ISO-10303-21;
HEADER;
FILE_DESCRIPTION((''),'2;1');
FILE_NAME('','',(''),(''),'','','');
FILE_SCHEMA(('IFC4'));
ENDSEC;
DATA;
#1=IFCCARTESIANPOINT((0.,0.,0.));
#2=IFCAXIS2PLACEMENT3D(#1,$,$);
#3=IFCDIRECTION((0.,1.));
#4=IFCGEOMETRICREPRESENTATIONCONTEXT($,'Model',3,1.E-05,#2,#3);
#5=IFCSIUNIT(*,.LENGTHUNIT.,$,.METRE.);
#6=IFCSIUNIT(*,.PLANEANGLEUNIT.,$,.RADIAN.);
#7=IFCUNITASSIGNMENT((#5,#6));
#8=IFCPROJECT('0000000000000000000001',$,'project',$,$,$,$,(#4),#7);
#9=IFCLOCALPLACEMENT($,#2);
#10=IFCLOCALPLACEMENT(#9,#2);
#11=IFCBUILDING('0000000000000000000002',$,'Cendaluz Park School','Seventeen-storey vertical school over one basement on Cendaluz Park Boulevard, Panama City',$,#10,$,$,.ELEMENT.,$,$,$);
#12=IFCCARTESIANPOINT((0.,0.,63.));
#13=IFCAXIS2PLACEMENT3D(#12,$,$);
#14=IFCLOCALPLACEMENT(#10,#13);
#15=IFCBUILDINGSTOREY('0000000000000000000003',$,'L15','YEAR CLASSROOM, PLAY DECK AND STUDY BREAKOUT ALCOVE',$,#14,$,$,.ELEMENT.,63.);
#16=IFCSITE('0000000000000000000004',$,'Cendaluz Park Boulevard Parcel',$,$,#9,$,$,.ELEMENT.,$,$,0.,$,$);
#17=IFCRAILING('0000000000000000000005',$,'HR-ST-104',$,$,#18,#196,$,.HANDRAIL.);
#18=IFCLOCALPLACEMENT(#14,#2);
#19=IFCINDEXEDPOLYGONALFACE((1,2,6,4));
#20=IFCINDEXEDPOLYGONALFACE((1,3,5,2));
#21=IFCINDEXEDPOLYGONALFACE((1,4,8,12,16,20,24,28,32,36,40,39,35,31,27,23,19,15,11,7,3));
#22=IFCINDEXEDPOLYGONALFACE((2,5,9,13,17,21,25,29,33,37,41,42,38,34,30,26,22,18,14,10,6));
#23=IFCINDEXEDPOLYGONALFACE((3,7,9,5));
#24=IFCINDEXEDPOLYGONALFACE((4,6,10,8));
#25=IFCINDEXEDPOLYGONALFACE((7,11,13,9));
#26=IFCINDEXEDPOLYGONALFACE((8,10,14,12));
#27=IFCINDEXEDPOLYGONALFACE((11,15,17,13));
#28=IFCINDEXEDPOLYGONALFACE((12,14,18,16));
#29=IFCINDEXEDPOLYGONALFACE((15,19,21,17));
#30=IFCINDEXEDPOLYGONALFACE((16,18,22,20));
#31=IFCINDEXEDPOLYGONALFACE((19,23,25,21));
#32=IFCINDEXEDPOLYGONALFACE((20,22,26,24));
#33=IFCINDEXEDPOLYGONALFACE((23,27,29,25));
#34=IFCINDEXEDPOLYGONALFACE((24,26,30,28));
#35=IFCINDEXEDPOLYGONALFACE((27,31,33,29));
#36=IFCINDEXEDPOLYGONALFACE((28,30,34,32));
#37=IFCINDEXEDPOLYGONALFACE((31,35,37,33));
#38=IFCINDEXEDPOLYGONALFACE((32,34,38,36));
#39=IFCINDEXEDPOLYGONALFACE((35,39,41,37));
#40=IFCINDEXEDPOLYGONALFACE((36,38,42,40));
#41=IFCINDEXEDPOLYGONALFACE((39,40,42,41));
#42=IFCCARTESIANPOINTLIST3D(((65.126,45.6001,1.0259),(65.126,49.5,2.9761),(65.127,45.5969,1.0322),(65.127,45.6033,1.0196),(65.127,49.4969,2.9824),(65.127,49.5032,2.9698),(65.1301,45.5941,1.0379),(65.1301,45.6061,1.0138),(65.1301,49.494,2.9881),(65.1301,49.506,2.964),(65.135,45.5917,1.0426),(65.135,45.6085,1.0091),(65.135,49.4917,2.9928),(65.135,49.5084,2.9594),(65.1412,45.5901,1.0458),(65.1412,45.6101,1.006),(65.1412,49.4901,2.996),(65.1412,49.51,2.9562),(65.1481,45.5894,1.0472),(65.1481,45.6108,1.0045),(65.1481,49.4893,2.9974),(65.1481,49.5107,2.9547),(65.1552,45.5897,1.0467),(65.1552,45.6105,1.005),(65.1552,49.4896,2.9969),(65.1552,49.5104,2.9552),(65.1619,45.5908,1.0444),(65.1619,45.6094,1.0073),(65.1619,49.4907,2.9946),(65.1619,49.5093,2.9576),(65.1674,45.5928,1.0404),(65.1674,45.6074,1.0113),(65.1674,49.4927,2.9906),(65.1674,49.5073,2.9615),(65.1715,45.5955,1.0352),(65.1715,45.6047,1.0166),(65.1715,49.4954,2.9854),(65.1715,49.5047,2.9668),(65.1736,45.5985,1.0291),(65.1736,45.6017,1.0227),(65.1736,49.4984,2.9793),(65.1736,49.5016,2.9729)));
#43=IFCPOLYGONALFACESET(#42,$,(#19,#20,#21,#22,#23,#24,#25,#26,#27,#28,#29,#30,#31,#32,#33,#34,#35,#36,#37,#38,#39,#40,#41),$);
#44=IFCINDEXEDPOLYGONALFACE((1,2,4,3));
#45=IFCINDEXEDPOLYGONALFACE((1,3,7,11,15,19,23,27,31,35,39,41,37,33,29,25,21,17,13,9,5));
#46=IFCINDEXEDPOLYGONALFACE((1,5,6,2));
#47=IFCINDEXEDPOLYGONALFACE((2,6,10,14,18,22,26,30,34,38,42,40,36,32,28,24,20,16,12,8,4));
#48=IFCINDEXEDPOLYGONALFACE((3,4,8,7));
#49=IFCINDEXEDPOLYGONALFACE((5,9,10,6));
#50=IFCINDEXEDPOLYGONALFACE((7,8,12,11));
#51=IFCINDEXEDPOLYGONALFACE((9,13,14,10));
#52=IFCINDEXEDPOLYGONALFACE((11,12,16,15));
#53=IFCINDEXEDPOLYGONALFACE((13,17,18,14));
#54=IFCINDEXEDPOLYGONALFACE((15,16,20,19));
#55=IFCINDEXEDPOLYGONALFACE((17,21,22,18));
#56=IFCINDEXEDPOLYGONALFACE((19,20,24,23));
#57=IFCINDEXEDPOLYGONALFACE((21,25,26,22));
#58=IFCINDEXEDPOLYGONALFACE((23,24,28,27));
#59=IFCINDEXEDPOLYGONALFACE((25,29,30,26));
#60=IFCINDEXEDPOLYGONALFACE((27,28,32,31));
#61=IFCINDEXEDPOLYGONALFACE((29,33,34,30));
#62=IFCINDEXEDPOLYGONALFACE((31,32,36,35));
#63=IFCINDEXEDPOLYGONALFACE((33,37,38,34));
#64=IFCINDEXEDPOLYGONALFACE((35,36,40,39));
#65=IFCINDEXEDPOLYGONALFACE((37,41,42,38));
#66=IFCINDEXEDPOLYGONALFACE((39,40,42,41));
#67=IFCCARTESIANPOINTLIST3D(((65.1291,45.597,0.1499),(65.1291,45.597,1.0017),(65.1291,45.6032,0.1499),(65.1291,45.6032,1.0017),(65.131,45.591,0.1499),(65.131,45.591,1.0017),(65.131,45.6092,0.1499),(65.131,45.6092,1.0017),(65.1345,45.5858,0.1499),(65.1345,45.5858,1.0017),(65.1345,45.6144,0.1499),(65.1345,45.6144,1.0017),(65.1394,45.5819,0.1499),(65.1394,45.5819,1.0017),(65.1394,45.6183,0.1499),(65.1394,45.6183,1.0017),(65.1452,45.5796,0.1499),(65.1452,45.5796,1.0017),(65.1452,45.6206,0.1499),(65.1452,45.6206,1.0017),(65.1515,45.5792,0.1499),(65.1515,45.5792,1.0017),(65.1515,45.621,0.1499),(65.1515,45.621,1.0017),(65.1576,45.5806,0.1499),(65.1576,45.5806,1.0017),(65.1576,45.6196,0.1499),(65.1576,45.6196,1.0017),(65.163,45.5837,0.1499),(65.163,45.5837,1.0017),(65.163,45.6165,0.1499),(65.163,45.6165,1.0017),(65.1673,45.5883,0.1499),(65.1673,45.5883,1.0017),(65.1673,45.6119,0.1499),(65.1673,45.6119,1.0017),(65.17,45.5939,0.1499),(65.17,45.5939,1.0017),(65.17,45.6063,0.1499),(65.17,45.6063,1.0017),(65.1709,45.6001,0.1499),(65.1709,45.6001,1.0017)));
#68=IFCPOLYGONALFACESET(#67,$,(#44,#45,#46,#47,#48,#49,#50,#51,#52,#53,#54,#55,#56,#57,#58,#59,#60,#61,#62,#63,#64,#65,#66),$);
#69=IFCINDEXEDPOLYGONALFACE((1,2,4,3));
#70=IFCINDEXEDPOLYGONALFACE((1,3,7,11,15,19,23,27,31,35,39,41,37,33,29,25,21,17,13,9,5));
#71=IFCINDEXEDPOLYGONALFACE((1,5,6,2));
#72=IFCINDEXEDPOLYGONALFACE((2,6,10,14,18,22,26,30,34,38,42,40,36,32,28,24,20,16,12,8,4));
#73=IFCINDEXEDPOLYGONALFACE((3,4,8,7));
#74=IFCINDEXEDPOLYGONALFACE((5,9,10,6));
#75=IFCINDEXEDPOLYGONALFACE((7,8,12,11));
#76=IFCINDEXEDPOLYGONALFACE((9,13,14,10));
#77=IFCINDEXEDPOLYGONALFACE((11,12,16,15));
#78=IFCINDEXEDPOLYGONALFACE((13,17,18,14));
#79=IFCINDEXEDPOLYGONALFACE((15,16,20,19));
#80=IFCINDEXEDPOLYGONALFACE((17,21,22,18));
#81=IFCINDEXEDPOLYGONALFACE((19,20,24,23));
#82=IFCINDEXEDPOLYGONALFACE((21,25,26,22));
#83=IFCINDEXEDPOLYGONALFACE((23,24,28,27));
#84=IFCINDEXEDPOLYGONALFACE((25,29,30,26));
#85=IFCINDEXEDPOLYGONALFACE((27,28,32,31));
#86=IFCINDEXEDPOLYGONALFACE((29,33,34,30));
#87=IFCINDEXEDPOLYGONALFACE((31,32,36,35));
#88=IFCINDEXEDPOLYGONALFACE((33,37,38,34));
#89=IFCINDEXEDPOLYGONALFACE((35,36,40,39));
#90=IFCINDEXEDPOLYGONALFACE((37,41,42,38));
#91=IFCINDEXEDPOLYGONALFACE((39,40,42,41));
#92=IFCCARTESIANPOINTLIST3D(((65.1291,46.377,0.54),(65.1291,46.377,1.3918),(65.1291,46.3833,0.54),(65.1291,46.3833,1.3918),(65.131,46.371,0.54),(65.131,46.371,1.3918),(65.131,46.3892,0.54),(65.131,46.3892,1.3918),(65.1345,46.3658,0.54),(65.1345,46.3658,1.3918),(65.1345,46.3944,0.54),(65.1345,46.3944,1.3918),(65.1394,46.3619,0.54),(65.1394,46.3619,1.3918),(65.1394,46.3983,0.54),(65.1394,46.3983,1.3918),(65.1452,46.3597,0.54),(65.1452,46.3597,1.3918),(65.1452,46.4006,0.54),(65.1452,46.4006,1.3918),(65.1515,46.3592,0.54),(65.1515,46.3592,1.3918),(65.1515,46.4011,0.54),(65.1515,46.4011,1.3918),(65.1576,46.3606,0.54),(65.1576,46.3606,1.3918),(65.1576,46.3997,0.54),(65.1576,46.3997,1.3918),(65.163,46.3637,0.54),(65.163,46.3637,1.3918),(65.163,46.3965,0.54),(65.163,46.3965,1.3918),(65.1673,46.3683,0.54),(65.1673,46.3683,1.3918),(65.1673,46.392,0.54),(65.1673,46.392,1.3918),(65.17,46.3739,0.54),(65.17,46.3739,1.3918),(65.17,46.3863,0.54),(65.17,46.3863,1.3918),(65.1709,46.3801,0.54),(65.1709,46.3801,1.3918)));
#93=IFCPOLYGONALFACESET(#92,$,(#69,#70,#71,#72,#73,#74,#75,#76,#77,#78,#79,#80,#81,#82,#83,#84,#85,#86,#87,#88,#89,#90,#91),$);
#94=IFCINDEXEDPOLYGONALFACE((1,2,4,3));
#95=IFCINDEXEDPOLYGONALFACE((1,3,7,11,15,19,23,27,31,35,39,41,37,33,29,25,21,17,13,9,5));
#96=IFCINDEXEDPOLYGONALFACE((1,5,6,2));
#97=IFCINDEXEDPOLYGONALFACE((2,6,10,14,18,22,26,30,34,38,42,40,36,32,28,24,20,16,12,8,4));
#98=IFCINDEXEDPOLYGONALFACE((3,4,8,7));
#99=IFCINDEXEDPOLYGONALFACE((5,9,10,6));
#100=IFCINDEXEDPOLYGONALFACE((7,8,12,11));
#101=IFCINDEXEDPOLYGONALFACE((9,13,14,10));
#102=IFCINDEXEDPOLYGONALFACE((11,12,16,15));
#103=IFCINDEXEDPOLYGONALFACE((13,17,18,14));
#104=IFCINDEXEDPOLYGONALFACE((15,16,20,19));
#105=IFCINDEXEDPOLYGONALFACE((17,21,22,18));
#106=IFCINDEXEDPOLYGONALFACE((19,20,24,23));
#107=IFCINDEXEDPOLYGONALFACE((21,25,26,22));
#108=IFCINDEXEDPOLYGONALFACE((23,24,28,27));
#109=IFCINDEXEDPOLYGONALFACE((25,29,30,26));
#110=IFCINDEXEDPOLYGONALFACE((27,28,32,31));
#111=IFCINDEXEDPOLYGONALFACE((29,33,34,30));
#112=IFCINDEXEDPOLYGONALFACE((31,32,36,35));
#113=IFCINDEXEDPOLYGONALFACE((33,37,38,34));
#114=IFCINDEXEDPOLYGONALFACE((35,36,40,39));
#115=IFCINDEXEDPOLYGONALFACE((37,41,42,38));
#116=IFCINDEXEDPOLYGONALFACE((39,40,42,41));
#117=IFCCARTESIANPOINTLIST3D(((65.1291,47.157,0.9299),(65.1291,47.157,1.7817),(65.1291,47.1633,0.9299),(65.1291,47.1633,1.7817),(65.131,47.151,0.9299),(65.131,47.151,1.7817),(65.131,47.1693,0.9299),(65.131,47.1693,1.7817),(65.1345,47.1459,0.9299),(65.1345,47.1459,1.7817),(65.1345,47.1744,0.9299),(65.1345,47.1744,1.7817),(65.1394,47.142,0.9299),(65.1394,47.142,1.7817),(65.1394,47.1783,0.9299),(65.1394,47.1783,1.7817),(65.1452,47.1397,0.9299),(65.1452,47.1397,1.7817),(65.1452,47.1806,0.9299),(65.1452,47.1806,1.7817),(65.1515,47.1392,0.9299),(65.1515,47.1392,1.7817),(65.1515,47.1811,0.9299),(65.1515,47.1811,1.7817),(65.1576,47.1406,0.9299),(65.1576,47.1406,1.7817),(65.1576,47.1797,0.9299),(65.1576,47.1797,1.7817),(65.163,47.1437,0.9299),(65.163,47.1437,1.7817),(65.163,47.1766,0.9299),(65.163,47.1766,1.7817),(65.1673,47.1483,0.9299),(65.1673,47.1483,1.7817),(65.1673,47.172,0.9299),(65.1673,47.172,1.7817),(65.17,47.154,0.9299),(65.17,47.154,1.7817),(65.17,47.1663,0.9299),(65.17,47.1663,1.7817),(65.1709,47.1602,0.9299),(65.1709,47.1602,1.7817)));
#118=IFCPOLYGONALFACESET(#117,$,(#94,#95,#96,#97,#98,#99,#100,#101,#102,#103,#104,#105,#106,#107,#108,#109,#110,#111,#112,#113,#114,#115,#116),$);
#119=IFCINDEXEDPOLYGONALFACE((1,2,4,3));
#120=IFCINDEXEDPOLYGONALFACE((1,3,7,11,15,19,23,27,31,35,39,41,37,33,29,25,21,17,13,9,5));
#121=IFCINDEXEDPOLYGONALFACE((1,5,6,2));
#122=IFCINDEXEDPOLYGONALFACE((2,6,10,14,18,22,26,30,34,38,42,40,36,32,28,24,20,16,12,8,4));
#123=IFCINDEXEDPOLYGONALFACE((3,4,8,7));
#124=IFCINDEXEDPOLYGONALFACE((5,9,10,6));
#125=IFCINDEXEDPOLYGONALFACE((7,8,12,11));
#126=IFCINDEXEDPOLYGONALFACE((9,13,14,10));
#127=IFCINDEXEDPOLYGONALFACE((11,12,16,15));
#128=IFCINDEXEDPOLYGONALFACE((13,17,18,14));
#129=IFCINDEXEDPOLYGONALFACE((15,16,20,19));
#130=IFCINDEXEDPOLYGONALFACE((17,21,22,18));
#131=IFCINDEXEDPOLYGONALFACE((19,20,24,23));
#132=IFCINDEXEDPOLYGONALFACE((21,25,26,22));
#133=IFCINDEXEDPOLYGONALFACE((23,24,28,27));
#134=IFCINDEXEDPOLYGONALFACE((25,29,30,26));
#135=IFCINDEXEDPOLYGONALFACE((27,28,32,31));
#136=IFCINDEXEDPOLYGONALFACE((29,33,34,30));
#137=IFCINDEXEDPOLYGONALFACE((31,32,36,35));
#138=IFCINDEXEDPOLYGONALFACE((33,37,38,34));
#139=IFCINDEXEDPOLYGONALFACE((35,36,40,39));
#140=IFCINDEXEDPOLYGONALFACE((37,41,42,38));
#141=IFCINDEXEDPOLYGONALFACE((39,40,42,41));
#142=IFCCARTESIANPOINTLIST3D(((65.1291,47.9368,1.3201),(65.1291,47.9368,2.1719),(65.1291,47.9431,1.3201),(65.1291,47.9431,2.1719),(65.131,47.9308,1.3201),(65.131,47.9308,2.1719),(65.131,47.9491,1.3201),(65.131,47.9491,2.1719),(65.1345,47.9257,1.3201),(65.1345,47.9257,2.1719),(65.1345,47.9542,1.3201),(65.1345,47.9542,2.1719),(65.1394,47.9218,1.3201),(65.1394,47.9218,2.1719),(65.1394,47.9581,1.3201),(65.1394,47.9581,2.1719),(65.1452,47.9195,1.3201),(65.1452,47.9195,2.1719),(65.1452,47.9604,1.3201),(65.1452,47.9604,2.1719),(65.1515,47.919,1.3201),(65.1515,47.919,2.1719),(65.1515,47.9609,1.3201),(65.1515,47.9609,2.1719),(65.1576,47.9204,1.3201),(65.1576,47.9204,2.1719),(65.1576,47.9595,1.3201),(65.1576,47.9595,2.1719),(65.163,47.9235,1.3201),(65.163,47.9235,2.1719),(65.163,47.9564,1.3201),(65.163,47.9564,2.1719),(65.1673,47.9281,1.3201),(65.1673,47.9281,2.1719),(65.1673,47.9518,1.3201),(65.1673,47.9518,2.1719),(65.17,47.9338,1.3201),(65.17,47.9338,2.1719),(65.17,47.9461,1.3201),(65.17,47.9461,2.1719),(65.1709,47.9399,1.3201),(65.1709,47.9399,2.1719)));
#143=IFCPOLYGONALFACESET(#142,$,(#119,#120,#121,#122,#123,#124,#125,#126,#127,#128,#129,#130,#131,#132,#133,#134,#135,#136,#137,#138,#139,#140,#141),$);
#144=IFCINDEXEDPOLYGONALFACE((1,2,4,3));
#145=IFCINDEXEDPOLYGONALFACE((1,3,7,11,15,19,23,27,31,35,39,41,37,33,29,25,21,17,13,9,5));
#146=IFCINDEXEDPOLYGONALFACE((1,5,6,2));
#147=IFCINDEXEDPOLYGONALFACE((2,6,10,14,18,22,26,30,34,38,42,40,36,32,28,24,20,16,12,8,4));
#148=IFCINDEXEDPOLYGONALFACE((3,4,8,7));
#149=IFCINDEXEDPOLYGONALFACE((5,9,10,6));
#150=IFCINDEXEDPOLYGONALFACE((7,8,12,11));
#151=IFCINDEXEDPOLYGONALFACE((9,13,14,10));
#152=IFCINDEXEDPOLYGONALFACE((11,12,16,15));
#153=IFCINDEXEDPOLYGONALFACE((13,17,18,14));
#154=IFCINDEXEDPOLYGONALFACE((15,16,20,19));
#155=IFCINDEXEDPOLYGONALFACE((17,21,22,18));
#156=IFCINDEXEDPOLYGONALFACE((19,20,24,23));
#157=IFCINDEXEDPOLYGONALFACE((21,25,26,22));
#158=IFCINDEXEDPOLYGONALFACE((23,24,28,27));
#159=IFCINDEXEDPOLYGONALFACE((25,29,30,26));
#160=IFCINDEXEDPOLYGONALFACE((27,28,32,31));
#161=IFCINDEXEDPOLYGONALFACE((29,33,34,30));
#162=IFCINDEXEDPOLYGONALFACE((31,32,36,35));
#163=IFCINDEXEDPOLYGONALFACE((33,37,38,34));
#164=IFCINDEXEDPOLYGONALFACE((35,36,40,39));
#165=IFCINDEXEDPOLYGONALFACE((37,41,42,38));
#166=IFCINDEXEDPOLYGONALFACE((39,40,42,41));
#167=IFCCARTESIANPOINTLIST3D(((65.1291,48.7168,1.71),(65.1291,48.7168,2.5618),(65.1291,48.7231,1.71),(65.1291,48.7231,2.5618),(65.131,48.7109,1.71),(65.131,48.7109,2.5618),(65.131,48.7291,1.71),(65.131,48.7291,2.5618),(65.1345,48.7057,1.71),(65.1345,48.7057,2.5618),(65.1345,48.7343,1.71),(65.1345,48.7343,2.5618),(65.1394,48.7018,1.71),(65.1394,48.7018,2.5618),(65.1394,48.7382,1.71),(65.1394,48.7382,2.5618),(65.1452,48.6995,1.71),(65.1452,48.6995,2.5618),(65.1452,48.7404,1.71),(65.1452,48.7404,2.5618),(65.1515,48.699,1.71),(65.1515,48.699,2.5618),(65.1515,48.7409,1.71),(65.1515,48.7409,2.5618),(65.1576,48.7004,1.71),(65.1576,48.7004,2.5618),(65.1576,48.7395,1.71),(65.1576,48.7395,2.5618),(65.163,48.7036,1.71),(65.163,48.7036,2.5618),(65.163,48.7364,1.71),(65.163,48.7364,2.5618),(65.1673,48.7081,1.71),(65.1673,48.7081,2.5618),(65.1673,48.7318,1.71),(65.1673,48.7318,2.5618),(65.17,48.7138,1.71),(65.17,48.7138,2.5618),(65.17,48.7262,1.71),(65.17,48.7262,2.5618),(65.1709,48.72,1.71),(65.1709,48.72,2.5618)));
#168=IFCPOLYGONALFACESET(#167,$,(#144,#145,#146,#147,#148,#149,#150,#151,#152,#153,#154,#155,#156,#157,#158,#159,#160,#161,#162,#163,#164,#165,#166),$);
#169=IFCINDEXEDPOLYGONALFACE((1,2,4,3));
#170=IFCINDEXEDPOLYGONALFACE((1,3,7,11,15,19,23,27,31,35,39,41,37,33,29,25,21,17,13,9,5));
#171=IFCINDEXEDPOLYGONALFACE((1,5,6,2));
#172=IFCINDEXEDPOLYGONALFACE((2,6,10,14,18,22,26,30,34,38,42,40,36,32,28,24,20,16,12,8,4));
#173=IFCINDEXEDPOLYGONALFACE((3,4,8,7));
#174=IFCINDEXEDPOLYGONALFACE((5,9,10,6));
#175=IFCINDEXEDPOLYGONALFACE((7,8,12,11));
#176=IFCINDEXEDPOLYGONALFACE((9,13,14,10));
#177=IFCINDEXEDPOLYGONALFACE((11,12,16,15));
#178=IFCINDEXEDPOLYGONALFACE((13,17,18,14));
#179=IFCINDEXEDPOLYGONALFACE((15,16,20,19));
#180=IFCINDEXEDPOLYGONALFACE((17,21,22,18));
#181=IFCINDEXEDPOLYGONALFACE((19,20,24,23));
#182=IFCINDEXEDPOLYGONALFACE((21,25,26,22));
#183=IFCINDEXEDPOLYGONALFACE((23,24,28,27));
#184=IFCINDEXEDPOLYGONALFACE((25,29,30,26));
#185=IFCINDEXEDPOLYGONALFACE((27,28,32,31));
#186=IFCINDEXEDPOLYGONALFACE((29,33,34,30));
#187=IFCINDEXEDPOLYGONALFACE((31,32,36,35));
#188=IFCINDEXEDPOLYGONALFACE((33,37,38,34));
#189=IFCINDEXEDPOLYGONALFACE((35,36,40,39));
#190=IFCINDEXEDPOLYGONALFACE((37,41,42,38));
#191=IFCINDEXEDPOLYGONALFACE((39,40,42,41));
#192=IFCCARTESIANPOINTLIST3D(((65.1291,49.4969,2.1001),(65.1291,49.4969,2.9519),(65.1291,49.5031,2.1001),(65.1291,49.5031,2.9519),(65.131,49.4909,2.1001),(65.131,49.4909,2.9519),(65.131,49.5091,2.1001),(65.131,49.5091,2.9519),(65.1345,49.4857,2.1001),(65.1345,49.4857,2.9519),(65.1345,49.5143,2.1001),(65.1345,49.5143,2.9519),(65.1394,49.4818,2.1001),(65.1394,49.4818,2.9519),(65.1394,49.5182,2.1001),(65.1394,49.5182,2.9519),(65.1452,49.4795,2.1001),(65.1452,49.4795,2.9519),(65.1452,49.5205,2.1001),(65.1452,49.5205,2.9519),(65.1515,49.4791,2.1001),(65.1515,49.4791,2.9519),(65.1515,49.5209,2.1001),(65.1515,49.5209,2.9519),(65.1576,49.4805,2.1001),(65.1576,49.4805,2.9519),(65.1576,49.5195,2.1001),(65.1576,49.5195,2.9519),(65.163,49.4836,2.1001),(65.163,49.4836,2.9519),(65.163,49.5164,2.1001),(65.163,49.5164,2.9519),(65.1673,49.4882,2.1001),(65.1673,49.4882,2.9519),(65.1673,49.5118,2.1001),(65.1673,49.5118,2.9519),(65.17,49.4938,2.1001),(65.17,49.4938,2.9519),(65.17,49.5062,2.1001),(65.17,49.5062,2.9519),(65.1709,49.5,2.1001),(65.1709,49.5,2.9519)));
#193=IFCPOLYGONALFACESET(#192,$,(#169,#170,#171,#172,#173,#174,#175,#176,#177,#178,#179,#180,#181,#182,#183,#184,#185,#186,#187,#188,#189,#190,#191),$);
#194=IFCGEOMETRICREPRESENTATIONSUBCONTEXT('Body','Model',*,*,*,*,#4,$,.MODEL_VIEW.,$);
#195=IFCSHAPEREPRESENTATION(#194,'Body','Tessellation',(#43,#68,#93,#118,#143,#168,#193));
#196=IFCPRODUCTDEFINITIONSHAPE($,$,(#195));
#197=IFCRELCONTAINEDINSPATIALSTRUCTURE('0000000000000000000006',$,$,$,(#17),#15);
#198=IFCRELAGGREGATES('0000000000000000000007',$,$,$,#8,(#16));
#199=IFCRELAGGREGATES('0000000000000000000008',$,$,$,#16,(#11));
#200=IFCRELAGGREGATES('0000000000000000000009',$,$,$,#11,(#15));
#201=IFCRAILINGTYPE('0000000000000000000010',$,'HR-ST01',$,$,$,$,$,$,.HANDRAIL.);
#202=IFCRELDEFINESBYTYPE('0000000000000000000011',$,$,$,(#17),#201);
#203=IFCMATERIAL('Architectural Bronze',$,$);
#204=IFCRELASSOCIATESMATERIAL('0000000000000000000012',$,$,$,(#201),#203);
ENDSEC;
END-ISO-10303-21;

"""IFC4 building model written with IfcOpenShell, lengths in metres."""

from ifc_helpers import new_model, si_unit, direction, frame, origin, origin_2d, place, context, subcontext, project, spatial, circle, extrude, material, type_object, element, save


model = new_model("IFC4")

# Units and contexts
model_context = context("Model", 3, precision=1e-05, world=origin(), true_north=direction((0.0, 1.0)))
body_context = subcontext(model_context, "Body", "Model", "MODEL_VIEW")
ifc_project = project(units=[si_unit("LENGTHUNIT", "METRE"), si_unit("PLANEANGLEUNIT", "RADIAN")], contexts=[model_context])

# Site, building, storey
site_placement = place(None, origin())
site = spatial("IfcSite", under=ifc_project, at=site_placement, Name="Cendaluz Park Boulevard Parcel", CompositionType="ELEMENT", RefElevation=0.0)
building_placement = place(site_placement, origin())
building = spatial("IfcBuilding", under=site, at=building_placement, Name="Cendaluz Park School", Description="Seventeen-storey vertical school over one basement on Cendaluz Park Boulevard, Panama City", CompositionType="ELEMENT")
storey_placement = place(building_placement, frame((0.0, 0.0, 63.0)))
storey = spatial("IfcBuildingStorey", under=building, at=storey_placement, Name="L15", Description="YEAR CLASSROOM, PLAY DECK AND STUDY BREAKOUT ALCOVE", CompositionType="ELEMENT", Elevation=63.0)

# Railing
ifc_material_1 = material(Name="Architectural Bronze")
railing_type_1 = type_object("IfcRailingType", Name="HR-ST01", PredefinedType="HANDRAIL", material=ifc_material_1)
railing_1_placement = place(storey_placement, frame((65.1499, 45.6001, 0.1499)))
element("IfcRailing", 1, at=railing_1_placement, inside=storey, type_object=railing_type_1, Name="HR-ST-104", PredefinedType="HANDRAIL", context=body_context, shape_type="SweptSolid", body=[
    extrude(circle(Radius=0.0239, at=origin_2d()), frame((0.0, 0.0, 0.876), z_axis=(0.0, 0.894405, 0.447258), x_axis=(-1.0, 0.0, 0.0)), (0.0, 0.0, 1.0), 4.3604),
    extrude(circle(Radius=0.021, at=origin_2d()), origin(), (0.0, 0.0, 1.0), 0.8518),
    extrude(circle(Radius=0.021, at=origin_2d()), frame((0.0, 0.78, 0.3901)), (0.0, 0.0, 1.0), 0.8518),
    extrude(circle(Radius=0.021, at=origin_2d()), frame((0.0, 1.5601, 0.78)), (0.0, 0.0, 1.0), 0.8518),
    extrude(circle(Radius=0.021, at=origin_2d()), frame((0.0, 2.3398, 1.1702)), (0.0, 0.0, 1.0), 0.8518),
    extrude(circle(Radius=0.021, at=origin_2d()), frame((0.0, 3.1199, 1.5601)), (0.0, 0.0, 1.0), 0.8518),
    extrude(circle(Radius=0.021, at=origin_2d()), frame((0.0, 3.8999, 1.9502)), (0.0, 0.0, 1.0), 0.8518),
])

save(model, "model.ifc")
